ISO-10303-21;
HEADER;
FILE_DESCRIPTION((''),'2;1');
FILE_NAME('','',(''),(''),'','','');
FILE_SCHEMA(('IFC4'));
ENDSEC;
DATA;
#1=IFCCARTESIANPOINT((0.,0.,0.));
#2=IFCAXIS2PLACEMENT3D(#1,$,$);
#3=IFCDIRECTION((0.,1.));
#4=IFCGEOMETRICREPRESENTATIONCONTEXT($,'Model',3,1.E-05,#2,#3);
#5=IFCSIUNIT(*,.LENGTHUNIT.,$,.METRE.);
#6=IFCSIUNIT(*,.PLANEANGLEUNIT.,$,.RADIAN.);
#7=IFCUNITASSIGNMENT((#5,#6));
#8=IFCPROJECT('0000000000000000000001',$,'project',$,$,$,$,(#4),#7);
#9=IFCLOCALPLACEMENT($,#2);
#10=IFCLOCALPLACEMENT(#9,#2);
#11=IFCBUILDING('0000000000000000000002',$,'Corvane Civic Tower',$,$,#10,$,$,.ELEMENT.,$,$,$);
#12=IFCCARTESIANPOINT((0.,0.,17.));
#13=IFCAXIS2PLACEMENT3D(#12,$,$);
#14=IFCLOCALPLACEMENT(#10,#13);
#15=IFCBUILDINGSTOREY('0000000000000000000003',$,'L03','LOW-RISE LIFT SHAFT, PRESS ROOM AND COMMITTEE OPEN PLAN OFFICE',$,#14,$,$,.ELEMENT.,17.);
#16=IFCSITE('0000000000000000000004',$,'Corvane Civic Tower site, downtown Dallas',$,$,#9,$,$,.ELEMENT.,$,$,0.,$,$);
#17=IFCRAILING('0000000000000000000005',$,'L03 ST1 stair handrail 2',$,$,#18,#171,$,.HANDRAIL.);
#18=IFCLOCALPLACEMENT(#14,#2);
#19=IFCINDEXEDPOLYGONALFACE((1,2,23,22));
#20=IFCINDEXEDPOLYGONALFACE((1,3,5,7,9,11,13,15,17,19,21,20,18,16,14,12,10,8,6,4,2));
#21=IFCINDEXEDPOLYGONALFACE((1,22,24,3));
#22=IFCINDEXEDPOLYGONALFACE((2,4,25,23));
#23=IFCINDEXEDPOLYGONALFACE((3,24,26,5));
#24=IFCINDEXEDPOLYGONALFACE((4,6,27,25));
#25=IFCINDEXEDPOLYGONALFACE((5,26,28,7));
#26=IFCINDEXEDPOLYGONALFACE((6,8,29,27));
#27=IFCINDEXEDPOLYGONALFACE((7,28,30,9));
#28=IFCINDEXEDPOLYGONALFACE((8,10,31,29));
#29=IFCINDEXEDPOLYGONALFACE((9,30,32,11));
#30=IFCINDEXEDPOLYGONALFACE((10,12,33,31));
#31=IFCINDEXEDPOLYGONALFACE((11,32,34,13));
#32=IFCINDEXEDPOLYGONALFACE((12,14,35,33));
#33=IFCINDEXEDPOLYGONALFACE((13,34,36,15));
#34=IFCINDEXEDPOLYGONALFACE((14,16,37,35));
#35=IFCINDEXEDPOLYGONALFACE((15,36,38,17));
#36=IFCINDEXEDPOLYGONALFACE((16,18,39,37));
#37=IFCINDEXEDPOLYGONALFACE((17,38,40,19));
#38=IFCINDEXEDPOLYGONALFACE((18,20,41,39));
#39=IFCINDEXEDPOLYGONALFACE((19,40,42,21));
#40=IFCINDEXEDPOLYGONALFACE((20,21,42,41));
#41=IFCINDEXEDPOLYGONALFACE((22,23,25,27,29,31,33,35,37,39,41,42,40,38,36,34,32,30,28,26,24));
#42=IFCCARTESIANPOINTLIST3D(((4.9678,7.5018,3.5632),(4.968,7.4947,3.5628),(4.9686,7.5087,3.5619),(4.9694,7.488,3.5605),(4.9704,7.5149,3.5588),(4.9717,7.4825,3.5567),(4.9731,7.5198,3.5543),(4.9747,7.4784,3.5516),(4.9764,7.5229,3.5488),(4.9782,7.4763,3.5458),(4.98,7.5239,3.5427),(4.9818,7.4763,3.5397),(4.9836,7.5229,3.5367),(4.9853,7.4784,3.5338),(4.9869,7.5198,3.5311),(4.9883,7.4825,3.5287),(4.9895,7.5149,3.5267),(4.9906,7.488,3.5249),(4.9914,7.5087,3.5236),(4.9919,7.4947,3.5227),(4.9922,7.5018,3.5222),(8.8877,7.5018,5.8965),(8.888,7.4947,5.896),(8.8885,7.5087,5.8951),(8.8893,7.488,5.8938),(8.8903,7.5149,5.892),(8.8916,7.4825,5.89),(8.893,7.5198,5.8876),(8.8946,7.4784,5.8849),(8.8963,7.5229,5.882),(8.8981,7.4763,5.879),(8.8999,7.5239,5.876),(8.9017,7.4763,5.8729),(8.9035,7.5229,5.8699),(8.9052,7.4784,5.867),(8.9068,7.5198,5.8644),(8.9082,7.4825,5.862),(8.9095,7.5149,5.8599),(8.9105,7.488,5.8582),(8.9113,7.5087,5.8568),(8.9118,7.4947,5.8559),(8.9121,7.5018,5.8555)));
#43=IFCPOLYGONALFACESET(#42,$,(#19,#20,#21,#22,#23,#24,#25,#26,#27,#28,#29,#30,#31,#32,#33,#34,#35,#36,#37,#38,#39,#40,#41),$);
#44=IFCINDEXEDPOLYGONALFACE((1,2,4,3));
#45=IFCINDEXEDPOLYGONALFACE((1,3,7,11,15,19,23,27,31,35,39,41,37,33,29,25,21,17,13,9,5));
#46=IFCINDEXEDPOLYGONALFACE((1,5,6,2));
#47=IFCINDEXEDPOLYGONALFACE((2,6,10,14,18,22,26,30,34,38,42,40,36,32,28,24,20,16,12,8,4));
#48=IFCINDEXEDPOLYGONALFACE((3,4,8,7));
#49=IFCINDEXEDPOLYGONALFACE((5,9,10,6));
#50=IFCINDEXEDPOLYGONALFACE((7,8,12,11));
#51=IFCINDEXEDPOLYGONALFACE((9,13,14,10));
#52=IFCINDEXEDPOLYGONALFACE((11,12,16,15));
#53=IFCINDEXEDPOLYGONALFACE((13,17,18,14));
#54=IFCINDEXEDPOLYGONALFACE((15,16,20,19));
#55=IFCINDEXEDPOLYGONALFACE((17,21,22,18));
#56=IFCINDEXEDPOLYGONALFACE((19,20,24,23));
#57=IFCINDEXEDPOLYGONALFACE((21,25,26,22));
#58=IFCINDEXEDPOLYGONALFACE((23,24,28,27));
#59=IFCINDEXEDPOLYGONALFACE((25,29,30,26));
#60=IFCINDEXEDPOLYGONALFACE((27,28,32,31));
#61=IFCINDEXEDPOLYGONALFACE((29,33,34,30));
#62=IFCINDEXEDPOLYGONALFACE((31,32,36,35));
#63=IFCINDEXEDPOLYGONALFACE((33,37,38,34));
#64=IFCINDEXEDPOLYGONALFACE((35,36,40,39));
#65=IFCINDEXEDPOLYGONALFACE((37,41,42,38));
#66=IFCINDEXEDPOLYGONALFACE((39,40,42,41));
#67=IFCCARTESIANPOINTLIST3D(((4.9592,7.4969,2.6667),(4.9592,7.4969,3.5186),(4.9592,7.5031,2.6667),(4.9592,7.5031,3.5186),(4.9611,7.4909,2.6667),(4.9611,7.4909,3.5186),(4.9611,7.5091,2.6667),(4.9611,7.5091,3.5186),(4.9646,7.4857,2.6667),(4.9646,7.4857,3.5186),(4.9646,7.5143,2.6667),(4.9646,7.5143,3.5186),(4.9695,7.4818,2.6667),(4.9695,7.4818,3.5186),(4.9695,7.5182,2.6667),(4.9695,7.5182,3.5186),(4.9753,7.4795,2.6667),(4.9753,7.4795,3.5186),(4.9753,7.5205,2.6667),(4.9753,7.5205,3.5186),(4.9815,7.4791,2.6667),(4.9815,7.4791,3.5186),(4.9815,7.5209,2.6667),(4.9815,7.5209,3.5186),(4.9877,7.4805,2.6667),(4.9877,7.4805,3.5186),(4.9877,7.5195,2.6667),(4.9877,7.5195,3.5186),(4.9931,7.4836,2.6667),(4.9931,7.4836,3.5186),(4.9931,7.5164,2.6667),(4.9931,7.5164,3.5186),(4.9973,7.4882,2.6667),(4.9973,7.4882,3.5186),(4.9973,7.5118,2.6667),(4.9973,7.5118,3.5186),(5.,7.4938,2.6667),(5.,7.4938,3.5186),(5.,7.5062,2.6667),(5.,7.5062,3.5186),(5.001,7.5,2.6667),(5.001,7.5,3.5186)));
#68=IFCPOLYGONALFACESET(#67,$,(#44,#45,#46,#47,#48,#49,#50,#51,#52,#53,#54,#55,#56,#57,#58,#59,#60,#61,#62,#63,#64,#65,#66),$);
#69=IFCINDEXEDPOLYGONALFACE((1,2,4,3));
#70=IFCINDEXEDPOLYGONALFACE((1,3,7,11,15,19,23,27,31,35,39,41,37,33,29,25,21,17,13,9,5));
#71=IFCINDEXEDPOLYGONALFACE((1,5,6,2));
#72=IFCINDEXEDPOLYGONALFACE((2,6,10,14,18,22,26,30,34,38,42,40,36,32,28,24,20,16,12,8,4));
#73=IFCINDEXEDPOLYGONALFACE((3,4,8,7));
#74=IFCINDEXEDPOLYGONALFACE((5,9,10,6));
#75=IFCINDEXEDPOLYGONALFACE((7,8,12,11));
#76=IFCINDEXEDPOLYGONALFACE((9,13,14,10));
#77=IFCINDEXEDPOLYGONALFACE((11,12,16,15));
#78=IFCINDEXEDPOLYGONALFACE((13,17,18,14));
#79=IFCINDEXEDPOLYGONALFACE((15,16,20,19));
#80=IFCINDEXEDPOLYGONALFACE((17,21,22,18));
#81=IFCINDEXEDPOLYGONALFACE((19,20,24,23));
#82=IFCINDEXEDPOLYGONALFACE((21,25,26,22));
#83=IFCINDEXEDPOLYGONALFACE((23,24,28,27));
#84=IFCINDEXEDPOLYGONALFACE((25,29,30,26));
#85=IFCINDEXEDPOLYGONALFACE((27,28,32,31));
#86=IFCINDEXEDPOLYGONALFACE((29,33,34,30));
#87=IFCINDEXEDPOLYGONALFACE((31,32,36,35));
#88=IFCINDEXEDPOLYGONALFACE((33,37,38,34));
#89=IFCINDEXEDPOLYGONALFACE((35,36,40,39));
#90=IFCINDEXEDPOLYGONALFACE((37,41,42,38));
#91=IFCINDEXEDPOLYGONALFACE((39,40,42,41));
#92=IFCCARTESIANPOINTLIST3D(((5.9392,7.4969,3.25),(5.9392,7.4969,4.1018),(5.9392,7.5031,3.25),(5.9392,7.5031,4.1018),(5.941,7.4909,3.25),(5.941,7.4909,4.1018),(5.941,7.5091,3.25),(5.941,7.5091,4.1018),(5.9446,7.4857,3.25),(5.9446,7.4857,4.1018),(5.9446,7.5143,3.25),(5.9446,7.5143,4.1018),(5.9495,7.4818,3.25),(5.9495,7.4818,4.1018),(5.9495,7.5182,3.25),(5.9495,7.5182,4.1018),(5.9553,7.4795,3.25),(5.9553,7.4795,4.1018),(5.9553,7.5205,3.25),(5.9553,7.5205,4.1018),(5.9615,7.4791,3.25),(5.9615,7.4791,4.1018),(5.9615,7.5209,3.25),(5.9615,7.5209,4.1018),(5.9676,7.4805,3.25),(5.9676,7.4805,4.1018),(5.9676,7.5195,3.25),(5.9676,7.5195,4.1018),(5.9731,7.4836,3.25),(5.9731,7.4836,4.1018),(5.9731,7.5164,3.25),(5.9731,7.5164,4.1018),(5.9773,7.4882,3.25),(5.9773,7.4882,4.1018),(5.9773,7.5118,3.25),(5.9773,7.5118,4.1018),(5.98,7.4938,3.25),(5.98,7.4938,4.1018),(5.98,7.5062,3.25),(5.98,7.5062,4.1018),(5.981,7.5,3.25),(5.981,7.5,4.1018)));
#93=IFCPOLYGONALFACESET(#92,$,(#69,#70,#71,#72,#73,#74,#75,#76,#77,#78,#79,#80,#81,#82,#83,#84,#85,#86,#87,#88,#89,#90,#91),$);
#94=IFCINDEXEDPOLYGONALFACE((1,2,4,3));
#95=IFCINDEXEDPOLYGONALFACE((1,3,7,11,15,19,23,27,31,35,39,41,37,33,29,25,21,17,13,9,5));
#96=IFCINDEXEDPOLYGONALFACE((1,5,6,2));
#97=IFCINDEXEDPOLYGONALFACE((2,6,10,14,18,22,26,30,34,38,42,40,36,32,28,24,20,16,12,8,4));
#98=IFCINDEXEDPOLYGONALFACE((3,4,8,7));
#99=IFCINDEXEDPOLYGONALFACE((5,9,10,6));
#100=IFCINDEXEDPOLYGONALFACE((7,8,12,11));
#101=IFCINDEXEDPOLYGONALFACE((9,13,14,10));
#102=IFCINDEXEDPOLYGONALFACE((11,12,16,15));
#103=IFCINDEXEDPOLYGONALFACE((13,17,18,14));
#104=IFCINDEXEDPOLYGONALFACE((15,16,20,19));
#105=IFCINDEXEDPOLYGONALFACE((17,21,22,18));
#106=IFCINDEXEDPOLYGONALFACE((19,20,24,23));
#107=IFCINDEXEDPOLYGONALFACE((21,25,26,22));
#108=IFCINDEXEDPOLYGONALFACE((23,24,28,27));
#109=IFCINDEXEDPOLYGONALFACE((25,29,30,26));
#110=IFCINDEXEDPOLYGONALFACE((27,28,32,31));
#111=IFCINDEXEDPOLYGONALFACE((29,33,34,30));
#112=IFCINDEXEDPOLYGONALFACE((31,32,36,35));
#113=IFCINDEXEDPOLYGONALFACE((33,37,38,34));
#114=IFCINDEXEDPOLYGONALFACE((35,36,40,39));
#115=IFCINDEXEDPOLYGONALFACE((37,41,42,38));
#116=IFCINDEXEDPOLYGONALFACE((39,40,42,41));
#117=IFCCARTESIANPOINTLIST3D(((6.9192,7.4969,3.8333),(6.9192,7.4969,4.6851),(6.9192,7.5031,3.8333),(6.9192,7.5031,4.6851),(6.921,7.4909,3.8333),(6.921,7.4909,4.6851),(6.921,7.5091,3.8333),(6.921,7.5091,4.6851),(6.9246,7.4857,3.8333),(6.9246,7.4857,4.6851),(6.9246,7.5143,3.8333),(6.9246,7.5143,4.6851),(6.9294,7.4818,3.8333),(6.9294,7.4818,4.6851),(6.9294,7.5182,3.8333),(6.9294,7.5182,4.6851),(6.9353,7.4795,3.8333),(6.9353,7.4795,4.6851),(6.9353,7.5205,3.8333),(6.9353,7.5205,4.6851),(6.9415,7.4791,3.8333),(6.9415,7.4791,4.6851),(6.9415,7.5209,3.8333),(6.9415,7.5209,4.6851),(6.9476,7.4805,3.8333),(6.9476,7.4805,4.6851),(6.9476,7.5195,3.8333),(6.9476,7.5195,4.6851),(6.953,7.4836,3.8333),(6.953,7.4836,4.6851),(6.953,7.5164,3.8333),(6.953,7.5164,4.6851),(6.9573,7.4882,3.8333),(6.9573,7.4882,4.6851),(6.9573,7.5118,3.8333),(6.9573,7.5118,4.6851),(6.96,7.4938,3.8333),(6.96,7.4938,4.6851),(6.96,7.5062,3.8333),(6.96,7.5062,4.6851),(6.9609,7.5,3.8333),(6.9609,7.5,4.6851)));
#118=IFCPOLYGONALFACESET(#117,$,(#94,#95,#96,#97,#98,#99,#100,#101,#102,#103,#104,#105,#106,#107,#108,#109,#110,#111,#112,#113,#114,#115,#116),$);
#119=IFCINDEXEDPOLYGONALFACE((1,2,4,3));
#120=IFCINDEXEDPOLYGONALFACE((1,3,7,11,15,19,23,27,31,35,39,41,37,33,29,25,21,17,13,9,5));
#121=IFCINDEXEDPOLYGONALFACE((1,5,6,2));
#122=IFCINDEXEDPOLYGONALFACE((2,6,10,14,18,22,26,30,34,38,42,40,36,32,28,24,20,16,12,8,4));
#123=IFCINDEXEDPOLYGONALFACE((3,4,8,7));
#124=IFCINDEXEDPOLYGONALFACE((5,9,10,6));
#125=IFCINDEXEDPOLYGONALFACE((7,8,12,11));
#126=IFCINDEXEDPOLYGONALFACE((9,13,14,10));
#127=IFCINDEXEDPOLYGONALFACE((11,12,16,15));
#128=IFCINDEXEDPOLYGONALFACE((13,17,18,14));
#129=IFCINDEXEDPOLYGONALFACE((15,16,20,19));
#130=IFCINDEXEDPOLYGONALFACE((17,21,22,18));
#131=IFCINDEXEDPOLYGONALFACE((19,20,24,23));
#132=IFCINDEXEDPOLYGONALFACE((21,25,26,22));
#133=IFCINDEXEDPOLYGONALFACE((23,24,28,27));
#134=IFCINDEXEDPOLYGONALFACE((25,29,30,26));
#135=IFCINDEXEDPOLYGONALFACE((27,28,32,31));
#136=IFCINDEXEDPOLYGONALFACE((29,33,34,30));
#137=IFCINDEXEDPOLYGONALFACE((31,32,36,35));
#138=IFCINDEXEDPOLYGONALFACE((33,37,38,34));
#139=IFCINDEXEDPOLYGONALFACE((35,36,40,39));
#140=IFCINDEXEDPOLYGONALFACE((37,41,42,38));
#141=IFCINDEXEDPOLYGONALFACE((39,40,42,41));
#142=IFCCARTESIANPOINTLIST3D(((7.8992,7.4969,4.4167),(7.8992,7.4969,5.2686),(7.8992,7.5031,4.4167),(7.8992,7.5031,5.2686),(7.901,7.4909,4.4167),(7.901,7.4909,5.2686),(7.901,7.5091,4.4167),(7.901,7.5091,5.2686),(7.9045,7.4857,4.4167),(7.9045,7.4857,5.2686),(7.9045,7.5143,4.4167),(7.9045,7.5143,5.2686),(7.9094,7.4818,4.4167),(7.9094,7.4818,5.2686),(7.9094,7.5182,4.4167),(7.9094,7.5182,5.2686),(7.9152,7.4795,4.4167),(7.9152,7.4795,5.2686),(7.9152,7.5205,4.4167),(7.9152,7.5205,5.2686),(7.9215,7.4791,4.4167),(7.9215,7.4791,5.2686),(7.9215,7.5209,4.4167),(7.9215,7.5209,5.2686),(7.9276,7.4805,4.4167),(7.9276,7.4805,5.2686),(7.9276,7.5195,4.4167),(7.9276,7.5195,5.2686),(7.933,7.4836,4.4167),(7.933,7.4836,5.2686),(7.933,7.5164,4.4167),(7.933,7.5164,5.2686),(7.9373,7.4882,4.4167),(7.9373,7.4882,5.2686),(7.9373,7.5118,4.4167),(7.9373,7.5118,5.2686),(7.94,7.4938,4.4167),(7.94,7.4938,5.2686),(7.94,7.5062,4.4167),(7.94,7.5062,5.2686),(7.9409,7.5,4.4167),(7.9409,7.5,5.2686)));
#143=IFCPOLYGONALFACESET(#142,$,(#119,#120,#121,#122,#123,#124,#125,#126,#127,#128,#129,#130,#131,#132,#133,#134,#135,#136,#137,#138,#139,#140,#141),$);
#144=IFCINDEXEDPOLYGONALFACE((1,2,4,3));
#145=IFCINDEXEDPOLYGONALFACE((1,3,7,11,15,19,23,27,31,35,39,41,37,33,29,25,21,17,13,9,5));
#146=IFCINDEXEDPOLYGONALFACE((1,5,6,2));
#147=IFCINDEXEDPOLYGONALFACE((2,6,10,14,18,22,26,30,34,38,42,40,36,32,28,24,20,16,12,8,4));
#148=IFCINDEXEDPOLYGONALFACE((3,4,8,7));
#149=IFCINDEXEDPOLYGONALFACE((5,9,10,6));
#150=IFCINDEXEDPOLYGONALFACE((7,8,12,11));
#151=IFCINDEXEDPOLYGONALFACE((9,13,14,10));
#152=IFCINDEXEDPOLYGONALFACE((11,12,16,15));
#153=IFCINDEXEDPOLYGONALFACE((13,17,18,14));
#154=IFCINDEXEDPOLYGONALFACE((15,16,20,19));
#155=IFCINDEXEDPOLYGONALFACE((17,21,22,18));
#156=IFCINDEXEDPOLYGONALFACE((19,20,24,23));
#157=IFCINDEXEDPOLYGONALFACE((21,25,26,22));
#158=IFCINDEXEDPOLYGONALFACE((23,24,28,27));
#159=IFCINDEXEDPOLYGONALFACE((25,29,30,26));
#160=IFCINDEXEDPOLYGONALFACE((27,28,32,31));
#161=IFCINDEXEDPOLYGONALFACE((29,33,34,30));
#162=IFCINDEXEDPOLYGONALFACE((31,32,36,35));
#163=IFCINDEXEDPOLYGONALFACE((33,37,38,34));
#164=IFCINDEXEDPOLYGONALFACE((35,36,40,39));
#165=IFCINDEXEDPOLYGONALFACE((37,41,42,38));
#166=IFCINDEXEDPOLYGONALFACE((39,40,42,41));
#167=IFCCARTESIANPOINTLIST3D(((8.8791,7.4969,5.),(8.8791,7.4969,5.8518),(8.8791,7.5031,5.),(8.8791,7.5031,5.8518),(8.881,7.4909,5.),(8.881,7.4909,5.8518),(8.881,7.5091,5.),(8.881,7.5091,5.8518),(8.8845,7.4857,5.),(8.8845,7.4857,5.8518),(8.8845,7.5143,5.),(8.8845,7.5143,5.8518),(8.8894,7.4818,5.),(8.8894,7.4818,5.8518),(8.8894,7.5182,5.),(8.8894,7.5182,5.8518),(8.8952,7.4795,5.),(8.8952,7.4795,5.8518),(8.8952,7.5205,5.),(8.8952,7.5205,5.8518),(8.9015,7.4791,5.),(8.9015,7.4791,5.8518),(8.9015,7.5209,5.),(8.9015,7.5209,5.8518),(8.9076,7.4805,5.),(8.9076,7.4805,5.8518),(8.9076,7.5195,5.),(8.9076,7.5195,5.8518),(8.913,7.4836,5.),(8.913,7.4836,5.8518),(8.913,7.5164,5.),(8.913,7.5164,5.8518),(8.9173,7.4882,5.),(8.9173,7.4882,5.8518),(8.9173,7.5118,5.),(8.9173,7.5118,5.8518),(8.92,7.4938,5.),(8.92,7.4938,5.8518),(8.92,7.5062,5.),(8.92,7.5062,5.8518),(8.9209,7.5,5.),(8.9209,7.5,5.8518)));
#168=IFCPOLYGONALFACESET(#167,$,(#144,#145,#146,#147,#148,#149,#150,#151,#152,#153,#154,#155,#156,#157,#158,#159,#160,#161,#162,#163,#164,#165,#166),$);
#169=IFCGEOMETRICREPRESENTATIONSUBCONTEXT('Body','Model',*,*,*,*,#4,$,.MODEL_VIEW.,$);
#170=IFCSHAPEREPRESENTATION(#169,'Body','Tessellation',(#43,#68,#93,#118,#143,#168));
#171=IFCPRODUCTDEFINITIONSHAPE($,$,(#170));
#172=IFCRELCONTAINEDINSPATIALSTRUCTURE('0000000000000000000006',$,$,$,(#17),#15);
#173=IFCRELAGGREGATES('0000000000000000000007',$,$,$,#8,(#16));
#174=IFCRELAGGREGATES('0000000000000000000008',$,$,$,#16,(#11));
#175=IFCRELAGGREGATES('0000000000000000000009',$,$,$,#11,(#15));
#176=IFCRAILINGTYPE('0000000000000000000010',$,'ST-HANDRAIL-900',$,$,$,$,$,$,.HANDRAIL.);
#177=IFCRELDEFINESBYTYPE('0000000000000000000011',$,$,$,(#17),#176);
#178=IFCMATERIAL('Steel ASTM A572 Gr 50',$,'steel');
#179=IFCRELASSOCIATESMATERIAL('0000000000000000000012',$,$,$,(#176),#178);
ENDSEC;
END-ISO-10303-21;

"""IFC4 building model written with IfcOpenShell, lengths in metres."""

from ifc_helpers import new_model, si_unit, direction, frame, origin, origin_2d, place, context, subcontext, project, spatial, circle, extrude, material, type_object, element, save


model = new_model("IFC4")

# Units and contexts
model_context = context("Model", 3, precision=1e-05, world=origin(), true_north=direction((0.0, 1.0)))
body_context = subcontext(model_context, "Body", "Model", "MODEL_VIEW")
ifc_project = project(units=[si_unit("LENGTHUNIT", "METRE"), si_unit("PLANEANGLEUNIT", "RADIAN")], contexts=[model_context])

# Site, building, storey
site_placement = place(None, origin())
site = spatial("IfcSite", under=ifc_project, at=site_placement, Name="Corvane Civic Tower site, downtown Dallas", CompositionType="ELEMENT", RefElevation=0.0)
building_placement = place(site_placement, origin())
building = spatial("IfcBuilding", under=site, at=building_placement, Name="Corvane Civic Tower", CompositionType="ELEMENT")
storey_placement = place(building_placement, frame((0.0, 0.0, 17.0)))
storey = spatial("IfcBuildingStorey", under=building, at=storey_placement, Name="L03", Description="LOW-RISE LIFT SHAFT, PRESS ROOM AND COMMITTEE OPEN PLAN OFFICE", CompositionType="ELEMENT", Elevation=17.0)

# Railing
ifc_material_1 = material(Name="Steel ASTM A572 Gr 50", Category="steel")
railing_type = type_object("IfcRailingType", Name="ST-HANDRAIL-900", PredefinedType="HANDRAIL", material=ifc_material_1)
railing_placement = place(storey_placement, frame((4.98, 7.5, 2.6667)))
element("IfcRailing", 1, at=railing_placement, inside=storey, type_object=railing_type, Name="L03 ST1 stair handrail 2", PredefinedType="HANDRAIL", context=body_context, shape_type="SweptSolid", body=[
    extrude(circle(Radius=0.0239, at=origin_2d()), frame((0.0, 0.0, 0.876), z_axis=(0.859296, 0.0, 0.511478), x_axis=(0.0, 1.0, 0.0)), (0.0, 0.0, 1.0), 4.5618),
    extrude(circle(Radius=0.021, at=origin_2d()), origin(), (0.0, 0.0, 1.0), 0.8518),
    extrude(circle(Radius=0.021, at=origin_2d()), frame((0.98, 0.0, 0.5833)), (0.0, 0.0, 1.0), 0.8518),
    extrude(circle(Radius=0.021, at=origin_2d()), frame((1.96, 0.0, 1.1665)), (0.0, 0.0, 1.0), 0.8518),
    extrude(circle(Radius=0.021, at=origin_2d()), frame((2.9399, 0.0, 1.75)), (0.0, 0.0, 1.0), 0.8518),
    extrude(circle(Radius=0.021, at=origin_2d()), frame((3.9199, 0.0, 2.3333)), (0.0, 0.0, 1.0), 0.8518),
])

save(model, "model.ifc")
